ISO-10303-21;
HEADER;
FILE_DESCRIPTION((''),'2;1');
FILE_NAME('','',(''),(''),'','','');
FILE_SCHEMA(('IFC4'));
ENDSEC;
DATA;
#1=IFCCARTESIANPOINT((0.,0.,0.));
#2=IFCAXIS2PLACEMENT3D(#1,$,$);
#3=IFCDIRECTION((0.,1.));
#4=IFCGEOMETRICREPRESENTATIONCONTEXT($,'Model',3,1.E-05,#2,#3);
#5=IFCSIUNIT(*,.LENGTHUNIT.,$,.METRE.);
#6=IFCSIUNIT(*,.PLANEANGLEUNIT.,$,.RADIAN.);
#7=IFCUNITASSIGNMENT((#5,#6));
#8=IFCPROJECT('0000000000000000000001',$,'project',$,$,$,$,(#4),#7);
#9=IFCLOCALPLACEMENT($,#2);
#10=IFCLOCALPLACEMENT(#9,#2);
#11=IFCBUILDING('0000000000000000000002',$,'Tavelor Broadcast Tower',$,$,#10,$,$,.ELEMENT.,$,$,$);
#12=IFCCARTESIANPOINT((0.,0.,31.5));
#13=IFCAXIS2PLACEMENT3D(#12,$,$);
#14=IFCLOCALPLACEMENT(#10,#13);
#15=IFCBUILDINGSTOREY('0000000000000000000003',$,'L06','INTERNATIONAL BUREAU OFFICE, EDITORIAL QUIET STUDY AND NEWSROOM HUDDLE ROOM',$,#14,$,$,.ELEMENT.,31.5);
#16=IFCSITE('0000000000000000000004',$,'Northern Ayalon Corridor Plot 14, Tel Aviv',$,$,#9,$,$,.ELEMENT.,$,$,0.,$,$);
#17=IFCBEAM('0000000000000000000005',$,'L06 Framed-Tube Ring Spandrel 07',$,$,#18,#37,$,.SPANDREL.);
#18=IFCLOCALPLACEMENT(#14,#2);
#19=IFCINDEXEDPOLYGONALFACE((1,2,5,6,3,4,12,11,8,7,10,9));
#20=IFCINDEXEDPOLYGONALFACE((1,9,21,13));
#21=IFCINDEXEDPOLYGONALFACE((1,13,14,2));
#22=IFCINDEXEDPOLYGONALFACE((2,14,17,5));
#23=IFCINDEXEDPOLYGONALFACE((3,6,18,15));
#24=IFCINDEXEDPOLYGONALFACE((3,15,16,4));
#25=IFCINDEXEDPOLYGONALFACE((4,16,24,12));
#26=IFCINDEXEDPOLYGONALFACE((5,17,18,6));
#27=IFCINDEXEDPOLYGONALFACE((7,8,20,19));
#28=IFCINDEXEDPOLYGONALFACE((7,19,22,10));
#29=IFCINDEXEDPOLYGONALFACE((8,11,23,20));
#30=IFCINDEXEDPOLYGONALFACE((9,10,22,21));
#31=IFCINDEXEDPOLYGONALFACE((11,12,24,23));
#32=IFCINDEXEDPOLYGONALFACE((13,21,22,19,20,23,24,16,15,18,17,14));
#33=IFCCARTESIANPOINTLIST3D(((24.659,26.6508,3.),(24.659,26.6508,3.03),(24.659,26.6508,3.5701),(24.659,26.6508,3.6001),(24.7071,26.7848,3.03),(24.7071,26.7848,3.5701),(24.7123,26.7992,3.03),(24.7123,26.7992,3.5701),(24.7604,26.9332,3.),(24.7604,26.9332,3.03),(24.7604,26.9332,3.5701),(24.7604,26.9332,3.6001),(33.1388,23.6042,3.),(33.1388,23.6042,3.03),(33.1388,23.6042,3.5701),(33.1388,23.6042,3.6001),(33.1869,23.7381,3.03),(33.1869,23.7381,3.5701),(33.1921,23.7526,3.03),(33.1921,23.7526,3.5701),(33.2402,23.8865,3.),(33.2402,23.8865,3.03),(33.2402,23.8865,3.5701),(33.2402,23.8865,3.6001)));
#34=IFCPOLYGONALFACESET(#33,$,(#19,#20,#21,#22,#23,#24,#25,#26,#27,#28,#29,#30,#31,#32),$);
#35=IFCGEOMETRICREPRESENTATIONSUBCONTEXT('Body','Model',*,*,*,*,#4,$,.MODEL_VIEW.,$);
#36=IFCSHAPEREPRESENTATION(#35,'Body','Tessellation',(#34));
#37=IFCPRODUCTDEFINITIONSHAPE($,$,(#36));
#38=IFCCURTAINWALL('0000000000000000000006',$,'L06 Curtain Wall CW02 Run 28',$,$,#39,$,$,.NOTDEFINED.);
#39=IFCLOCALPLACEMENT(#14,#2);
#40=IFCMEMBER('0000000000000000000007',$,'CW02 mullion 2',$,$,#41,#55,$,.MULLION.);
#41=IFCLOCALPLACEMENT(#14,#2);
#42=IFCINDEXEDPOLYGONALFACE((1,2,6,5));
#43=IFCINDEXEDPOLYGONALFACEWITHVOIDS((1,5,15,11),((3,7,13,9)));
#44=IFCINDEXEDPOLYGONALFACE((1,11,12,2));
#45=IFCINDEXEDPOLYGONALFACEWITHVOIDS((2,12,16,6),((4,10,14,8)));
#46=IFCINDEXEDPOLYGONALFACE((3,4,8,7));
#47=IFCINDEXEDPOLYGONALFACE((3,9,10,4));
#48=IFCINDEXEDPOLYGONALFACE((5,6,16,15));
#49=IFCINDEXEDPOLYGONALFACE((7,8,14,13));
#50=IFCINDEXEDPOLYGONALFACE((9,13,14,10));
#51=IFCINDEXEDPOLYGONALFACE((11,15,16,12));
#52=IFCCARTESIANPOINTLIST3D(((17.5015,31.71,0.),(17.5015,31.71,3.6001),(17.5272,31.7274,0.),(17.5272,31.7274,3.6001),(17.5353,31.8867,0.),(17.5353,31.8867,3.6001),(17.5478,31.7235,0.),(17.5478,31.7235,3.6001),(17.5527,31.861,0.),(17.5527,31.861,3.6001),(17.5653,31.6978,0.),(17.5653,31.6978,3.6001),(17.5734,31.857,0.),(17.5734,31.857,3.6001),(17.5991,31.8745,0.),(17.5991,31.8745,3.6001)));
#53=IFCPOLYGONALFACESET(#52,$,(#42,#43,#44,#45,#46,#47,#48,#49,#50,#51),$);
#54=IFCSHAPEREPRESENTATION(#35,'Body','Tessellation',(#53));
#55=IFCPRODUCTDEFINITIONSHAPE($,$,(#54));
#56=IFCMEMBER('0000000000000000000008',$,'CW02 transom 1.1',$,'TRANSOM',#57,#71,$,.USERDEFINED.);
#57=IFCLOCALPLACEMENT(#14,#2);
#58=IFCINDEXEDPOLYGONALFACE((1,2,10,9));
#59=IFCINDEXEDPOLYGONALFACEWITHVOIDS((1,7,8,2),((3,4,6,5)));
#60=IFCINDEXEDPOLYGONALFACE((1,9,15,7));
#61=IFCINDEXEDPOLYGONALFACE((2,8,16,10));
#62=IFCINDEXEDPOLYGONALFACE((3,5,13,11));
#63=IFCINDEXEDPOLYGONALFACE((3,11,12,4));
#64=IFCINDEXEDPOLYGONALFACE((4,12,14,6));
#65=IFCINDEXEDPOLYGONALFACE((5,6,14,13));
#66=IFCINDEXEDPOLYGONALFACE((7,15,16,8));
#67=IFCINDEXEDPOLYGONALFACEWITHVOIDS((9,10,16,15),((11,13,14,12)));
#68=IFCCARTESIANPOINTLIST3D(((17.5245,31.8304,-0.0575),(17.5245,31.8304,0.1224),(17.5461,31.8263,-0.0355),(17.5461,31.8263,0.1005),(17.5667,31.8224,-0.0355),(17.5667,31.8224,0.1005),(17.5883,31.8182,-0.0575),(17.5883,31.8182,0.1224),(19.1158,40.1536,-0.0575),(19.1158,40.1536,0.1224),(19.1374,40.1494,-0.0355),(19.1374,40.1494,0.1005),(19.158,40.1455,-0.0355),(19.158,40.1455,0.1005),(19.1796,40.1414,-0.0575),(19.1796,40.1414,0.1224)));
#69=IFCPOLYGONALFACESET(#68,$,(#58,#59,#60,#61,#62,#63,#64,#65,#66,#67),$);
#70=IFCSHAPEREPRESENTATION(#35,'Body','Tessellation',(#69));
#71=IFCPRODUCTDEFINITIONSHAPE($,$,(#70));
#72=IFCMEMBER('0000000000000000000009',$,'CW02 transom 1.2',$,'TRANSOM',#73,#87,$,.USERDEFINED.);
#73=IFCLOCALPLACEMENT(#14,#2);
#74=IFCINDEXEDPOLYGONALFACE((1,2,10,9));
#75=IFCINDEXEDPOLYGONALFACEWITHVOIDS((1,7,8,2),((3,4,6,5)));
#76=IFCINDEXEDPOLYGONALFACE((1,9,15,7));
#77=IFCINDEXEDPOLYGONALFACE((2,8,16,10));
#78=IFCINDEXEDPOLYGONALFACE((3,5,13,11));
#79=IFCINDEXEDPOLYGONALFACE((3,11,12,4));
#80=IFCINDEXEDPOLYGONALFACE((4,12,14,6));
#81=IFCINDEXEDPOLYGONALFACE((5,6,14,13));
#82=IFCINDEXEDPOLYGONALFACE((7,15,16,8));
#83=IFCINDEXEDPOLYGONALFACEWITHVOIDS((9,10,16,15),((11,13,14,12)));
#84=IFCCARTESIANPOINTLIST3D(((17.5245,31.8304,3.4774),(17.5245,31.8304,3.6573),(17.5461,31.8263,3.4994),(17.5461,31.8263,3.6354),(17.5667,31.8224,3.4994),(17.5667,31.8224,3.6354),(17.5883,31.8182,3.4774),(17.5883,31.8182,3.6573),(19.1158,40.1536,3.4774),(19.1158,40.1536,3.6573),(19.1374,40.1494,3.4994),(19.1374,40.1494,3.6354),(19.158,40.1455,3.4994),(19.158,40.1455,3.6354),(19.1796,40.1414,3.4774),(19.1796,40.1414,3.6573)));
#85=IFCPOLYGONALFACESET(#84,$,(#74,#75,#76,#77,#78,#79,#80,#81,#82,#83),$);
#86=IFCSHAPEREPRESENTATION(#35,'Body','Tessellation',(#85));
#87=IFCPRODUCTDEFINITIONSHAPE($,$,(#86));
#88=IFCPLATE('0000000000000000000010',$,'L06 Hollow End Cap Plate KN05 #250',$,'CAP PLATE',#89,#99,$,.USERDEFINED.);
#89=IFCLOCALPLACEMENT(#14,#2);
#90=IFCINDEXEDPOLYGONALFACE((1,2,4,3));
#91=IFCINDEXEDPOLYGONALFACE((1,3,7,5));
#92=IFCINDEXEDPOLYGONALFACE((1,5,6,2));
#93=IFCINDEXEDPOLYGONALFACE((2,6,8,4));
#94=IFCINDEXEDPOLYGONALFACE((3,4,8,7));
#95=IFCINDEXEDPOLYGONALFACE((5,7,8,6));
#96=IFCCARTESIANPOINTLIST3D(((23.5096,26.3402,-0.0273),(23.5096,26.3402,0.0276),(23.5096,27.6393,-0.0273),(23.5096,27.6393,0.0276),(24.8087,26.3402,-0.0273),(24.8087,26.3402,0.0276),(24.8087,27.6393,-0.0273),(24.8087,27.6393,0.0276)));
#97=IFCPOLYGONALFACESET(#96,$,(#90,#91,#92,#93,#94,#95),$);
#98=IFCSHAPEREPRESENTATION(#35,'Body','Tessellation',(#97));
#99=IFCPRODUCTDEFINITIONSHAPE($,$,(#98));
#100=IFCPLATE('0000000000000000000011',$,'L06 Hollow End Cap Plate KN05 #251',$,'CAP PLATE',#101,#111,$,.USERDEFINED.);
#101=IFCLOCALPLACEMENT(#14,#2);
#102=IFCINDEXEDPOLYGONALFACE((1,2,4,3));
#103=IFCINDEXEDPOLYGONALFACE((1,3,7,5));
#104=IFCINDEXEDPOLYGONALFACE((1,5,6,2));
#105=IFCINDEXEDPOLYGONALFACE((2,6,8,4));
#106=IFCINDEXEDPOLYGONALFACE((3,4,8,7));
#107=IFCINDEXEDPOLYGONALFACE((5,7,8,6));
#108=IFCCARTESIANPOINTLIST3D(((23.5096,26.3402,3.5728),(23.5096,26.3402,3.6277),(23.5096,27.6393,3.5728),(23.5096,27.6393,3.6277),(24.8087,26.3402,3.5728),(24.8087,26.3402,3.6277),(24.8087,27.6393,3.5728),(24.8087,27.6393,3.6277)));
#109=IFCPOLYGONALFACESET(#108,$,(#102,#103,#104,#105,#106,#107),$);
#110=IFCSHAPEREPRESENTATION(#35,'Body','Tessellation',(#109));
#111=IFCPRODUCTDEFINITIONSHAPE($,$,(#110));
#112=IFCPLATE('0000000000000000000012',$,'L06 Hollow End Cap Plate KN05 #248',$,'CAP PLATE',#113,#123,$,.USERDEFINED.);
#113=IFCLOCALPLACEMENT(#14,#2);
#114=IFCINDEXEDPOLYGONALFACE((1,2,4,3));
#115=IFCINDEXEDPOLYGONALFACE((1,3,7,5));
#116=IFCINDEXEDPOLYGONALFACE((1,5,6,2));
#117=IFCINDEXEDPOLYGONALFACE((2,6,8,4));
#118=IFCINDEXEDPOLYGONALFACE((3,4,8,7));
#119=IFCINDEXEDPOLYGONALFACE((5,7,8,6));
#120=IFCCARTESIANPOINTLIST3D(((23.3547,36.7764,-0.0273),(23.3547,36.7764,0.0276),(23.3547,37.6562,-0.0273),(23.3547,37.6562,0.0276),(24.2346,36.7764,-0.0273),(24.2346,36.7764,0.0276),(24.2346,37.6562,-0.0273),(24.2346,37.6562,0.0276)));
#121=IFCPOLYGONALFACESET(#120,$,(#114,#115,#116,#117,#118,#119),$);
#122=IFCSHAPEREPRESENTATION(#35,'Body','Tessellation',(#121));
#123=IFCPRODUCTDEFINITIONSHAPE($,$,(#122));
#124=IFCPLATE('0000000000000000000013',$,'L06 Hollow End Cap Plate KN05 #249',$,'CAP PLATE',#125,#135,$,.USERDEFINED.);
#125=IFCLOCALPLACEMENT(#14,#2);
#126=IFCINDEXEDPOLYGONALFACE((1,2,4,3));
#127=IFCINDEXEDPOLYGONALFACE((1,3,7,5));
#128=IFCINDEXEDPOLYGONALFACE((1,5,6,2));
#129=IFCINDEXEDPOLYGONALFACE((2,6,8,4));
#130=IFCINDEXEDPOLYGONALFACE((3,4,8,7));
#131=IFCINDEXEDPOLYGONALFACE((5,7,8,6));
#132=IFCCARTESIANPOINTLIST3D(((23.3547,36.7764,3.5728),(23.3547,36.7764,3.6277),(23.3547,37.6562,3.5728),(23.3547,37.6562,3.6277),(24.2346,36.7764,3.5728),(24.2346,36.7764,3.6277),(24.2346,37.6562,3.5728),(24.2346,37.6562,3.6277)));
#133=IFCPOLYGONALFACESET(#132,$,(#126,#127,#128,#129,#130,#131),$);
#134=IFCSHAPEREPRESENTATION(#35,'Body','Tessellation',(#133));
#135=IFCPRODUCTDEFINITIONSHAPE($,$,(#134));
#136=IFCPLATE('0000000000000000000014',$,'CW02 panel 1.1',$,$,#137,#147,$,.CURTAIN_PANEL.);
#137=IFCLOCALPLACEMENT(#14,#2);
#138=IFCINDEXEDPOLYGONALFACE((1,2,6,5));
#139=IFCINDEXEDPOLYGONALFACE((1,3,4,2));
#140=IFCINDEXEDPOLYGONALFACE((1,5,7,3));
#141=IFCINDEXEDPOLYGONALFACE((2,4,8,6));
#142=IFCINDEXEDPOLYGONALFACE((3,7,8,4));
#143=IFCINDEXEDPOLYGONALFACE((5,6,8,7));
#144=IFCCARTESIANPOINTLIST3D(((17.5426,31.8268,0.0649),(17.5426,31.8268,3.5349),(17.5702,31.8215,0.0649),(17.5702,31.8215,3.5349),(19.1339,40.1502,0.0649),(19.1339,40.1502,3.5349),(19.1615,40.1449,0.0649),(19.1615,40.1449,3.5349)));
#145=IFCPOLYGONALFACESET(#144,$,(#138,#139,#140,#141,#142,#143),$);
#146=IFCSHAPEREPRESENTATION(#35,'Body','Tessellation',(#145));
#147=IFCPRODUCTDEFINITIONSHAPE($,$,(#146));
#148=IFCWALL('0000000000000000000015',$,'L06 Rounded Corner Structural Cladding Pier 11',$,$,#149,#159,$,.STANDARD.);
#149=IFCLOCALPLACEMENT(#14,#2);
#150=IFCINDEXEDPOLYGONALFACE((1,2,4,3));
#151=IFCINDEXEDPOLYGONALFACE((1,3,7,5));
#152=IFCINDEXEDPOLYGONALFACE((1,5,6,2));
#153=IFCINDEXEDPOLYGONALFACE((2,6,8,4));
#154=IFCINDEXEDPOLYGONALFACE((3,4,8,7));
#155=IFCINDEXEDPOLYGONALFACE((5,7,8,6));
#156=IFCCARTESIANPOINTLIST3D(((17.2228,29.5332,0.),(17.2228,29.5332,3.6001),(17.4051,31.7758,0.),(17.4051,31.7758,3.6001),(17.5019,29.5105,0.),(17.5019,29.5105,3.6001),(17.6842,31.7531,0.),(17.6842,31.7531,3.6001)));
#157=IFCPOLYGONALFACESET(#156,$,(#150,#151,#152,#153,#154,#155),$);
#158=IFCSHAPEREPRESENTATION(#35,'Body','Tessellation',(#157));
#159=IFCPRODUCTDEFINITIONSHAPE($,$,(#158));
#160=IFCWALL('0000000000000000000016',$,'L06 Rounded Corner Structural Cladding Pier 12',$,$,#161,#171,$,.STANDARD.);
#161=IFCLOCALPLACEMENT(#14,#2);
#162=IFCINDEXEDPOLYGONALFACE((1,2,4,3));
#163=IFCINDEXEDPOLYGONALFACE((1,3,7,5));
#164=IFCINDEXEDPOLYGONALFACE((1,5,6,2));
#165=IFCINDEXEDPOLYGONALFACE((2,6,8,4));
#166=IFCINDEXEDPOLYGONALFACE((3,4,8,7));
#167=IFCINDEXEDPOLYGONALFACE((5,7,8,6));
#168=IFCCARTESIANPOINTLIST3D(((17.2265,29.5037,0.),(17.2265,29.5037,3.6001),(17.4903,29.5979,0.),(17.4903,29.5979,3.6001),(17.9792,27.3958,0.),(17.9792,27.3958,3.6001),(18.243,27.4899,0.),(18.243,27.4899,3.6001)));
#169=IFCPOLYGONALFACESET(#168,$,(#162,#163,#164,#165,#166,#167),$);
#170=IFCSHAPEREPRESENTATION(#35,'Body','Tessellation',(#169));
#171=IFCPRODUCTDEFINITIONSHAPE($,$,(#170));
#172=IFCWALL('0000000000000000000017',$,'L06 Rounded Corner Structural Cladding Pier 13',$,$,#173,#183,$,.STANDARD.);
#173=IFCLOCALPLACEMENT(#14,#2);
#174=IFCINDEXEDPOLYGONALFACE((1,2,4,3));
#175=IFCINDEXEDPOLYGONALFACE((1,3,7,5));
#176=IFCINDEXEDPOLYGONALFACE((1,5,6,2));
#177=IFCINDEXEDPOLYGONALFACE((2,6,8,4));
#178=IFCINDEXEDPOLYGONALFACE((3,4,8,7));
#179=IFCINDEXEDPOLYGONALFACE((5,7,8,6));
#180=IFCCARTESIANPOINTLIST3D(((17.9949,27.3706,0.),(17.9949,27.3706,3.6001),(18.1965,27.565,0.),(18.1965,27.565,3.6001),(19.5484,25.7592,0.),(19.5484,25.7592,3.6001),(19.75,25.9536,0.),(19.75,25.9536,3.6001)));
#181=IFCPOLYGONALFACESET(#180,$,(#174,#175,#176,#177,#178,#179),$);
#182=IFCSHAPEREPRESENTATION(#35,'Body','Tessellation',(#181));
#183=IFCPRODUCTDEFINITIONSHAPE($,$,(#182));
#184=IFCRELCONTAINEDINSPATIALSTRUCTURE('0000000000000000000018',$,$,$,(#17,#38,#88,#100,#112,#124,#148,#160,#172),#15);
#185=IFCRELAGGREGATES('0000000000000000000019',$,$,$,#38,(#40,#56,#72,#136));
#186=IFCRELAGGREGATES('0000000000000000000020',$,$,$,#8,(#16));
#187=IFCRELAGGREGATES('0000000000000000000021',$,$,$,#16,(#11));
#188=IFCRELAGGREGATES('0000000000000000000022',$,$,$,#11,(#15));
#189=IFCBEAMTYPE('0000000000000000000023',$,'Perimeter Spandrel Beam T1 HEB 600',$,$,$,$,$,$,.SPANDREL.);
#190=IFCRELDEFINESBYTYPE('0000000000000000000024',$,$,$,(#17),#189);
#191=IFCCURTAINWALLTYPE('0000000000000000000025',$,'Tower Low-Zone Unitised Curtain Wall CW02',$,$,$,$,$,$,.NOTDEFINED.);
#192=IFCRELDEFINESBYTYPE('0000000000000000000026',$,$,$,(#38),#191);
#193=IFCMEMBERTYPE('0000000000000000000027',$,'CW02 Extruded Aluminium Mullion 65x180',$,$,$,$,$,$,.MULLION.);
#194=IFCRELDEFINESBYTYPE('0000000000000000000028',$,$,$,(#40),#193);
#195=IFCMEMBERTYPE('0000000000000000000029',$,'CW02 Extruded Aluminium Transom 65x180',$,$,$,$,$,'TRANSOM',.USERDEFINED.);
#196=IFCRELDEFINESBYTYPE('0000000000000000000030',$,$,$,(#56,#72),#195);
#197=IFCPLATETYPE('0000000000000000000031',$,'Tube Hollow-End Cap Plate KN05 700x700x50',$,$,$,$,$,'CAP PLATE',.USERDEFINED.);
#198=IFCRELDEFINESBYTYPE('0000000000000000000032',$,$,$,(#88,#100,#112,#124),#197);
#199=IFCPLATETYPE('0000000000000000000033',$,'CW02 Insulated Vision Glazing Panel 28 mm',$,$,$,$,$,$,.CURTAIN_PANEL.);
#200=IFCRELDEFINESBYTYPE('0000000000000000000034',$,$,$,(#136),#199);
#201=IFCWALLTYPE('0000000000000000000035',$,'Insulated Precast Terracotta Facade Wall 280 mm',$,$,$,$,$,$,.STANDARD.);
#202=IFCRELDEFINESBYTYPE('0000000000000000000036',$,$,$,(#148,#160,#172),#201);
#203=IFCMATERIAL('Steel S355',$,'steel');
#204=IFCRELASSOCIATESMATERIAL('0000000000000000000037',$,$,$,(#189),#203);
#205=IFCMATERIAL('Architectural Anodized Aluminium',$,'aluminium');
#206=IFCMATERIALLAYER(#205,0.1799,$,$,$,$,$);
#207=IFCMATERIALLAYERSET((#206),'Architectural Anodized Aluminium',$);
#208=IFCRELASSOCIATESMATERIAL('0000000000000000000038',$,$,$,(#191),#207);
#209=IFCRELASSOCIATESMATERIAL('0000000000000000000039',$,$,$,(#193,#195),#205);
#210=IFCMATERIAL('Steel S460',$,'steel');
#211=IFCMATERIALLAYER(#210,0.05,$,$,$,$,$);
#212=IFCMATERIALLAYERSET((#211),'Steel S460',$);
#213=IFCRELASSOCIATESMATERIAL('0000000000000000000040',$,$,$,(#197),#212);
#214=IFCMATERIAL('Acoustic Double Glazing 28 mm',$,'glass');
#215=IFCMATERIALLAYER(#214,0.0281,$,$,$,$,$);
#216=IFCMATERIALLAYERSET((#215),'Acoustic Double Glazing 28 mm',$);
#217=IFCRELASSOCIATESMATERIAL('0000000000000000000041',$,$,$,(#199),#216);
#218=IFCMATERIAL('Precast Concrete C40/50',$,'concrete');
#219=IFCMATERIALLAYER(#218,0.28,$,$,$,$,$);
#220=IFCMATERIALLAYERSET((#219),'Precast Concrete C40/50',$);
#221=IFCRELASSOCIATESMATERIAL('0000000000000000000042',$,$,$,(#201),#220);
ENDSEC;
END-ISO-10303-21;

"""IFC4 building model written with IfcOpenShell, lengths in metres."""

from ifc_helpers import new_model, si_unit, direction, frame, frame_2d, origin, origin_2d, place, context, subcontext, project, spatial, rectangle, hollow_rectangle, i_section, extrude, source, transform, mapped, material, layer, layer_set, material_profile, profile_set, type_object, type_shapes, element, aggregate, save


model = new_model("IFC4")

# Units and contexts
model_context = context("Model", 3, precision=1e-05, world=origin(), true_north=direction((0.0, 1.0)))
body_context = subcontext(model_context, "Body", "Model", "MODEL_VIEW")
ifc_project = project(units=[si_unit("LENGTHUNIT", "METRE"), si_unit("PLANEANGLEUNIT", "RADIAN")], contexts=[model_context])

# Site, building, storey
site_placement = place(None, origin())
site = spatial("IfcSite", under=ifc_project, at=site_placement, Name="Northern Ayalon Corridor Plot 14, Tel Aviv", CompositionType="ELEMENT", RefElevation=0.0)
building_placement = place(site_placement, origin())
building = spatial("IfcBuilding", under=site, at=building_placement, Name="Tavelor Broadcast Tower", CompositionType="ELEMENT")
storey_placement = place(building_placement, frame((0.0, 0.0, 31.5)))
storey = spatial("IfcBuildingStorey", under=building, at=storey_placement, Name="L06", Description="INTERNATIONAL BUREAU OFFICE, EDITORIAL QUIET STUDY AND NEWSROOM HUDDLE ROOM", CompositionType="ELEMENT", Elevation=31.5)

# Shared definitions
ifc_material_1 = material(Name="Steel S460", Category="steel")

# Beam
ifc_material_2 = material(Name="Steel S355", Category="steel")
ifc_material_profile_1 = material_profile(ifc_material_2, i_section(OverallWidth=0.3, OverallDepth=0.6001, WebThickness=0.0154, FlangeThickness=0.03, at=origin_2d()), Name="HEB 600")
ifc_profile_set_1 = profile_set([ifc_material_profile_1], Name="Steel S355")
beam_type_1 = type_object("IfcBeamType", Name="Perimeter Spandrel Beam T1 HEB 600", PredefinedType="SPANDREL", material=ifc_profile_set_1)
beam_1_placement = place(storey_placement, frame((24.7097, 26.792, 3.3), z_axis=(0.941102, -0.338123, 0.0), x_axis=(0.338123, 0.941102, 0.0)))
element("IfcBeam", 1, at=beam_1_placement, inside=storey, type_object=beam_type_1, Name="L06 Framed-Tube Ring Spandrel 07", PredefinedType="SPANDREL", context=body_context, shape_type="SweptSolid", body=[
    extrude(i_section(OverallWidth=0.3, OverallDepth=0.6001, WebThickness=0.0154, FlangeThickness=0.03, at=origin_2d()), origin(), (0.0, 0.0, 1.0), 9.0105),
])

# Curtain wall, members
ifc_material_3 = material(Name="Architectural Anodized Aluminium", Category="aluminium")
ifc_layer_1 = layer(ifc_material_3, 0.1799)
ifc_layer_set_1 = layer_set([ifc_layer_1], Name="Architectural Anodized Aluminium")
curtain_wall_type = type_object("IfcCurtainWallType", Name="Tower Low-Zone Unitised Curtain Wall CW02", PredefinedType="NOTDEFINED", material=ifc_layer_set_1)
curtain_wall_placement = place(storey_placement, origin())
curtain_wall = element("IfcCurtainWall", 2, at=curtain_wall_placement, inside=storey, type_object=curtain_wall_type, Name="L06 Curtain Wall CW02 Run 28", PredefinedType="NOTDEFINED")
ifc_material_profile_2 = material_profile(ifc_material_3, hollow_rectangle(XDim=0.0649, YDim=0.1799, WallThickness=0.022, at=origin_2d()), Name="RHS 65x180x22")
ifc_profile_set_2 = profile_set([ifc_material_profile_2], Name="Architectural Anodized Aluminium")
member_type_1 = type_object("IfcMemberType", Name="CW02 Extruded Aluminium Mullion 65x180", PredefinedType="MULLION", material=ifc_profile_set_2)
shared_shape_1 = source(origin(), body_context, "Body", "SweptSolid", [
    extrude(hollow_rectangle(XDim=0.0649, YDim=0.1799, WallThickness=0.022, at=origin_2d()), origin(), (0.0, 0.0, 1.0), 3.6001),
])
type_shapes(member_type_1, [shared_shape_1])
member_1_placement = place(storey_placement, frame((17.5503, 31.7922, 0.0), z_axis=(0.0, 0.0, 1.0), x_axis=(0.982211, -0.187781, 0.0)))
member_1 = element("IfcMember", 3, at=member_1_placement, type_object=member_type_1, Name="CW02 mullion 2", PredefinedType="MULLION", context=body_context, shape_type="MappedRepresentation", body=[
    mapped(shared_shape_1, transform((0.0, 0.0, 0.0), scale=1.0)),
])
ifc_material_profile_3 = material_profile(ifc_material_3, hollow_rectangle(XDim=0.0649, YDim=0.1799, WallThickness=0.022, at=origin_2d()), Name="RHS 65x180x22")
ifc_profile_set_3 = profile_set([ifc_material_profile_3], Name="Architectural Anodized Aluminium")
member_type_2 = type_object("IfcMemberType", Name="CW02 Extruded Aluminium Transom 65x180", ElementType="TRANSOM", PredefinedType="USERDEFINED", material=ifc_profile_set_3)
shared_shape_2 = source(origin(), body_context, "Body", "SweptSolid", [
    extrude(hollow_rectangle(XDim=0.0649, YDim=0.1799, WallThickness=0.022, at=origin_2d()), origin(), (0.0, 0.0, 1.0), 8.4739),
])
type_shapes(member_type_2, [shared_shape_2])
member_2_placement = place(storey_placement, frame((19.1477, 40.1475, 0.0325), z_axis=(-0.187787, -0.98221, 0.0), x_axis=(0.98221, -0.187787, 0.0)))
member_2 = element("IfcMember", 4, at=member_2_placement, type_object=member_type_2, Name="CW02 transom 1.1", ObjectType="TRANSOM", PredefinedType="USERDEFINED", context=body_context, shape_type="MappedRepresentation", body=[
    mapped(shared_shape_2, transform((0.0, 0.0, 0.0), scale=1.0)),
])
member_3_placement = place(storey_placement, frame((19.1477, 40.1475, 3.5674), z_axis=(-0.187787, -0.98221, 0.0), x_axis=(0.98221, -0.187787, 0.0)))
member_3 = element("IfcMember", 5, at=member_3_placement, type_object=member_type_2, Name="CW02 transom 1.2", ObjectType="TRANSOM", PredefinedType="USERDEFINED", context=body_context, shape_type="MappedRepresentation", body=[
    mapped(shared_shape_2, transform((0.0, 0.0, 0.0), scale=1.0)),
])

# Plates
ifc_layer_2 = layer(ifc_material_1, 0.05)
ifc_layer_set_2 = layer_set([ifc_layer_2], Name="Steel S460")
plate_type_1 = type_object("IfcPlateType", Name="Tube Hollow-End Cap Plate KN05 700x700x50", ElementType="CAP PLATE", PredefinedType="USERDEFINED", material=ifc_layer_set_2)
shared_shape_3 = source(origin(), body_context, "Body", "SweptSolid", [
    extrude(rectangle(XDim=1.2991, YDim=1.2991, at=origin_2d()), origin(), (0.0, 0.0, 1.0), 0.0549),
])
for number, where, z_axis, x_axis, name in (
    (6, (24.1592, 26.9897, -0.0273), (0.0, 0.0, 1.0), (1.0, 0.0, 0.0), "L06 Hollow End Cap Plate KN05 #250"),
    (7, (24.1592, 26.9897, 3.5728), (0.0, 0.0, 1.0), (1.0, 0.0, 0.0), "L06 Hollow End Cap Plate KN05 #251"),
):
    element("IfcPlate", number, at=place(storey_placement, frame(where, z_axis=z_axis, x_axis=x_axis)), inside=storey, type_object=plate_type_1, Name=name, ObjectType="CAP PLATE", PredefinedType="USERDEFINED", context=body_context, shape_type="MappedRepresentation", body=[
        mapped(shared_shape_3, transform((0.0, 0.0, 0.0), scale=1.0)),
    ])
shared_shape_4 = source(origin(), body_context, "Body", "SweptSolid", [
    extrude(rectangle(XDim=0.8799, YDim=0.8799, at=origin_2d()), origin(), (0.0, 0.0, 1.0), 0.0549),
])
type_shapes(plate_type_1, [shared_shape_3, shared_shape_4])
for number, where, z_axis, x_axis, name in (
    (8, (23.7947, 37.2163, -0.0273), (0.0, 0.0, 1.0), (1.0, 0.0, 0.0), "L06 Hollow End Cap Plate KN05 #248"),
    (9, (23.7947, 37.2163, 3.5728), (0.0, 0.0, 1.0), (1.0, 0.0, 0.0), "L06 Hollow End Cap Plate KN05 #249"),
):
    element("IfcPlate", number, at=place(storey_placement, frame(where, z_axis=z_axis, x_axis=x_axis)), inside=storey, type_object=plate_type_1, Name=name, ObjectType="CAP PLATE", PredefinedType="USERDEFINED", context=body_context, shape_type="MappedRepresentation", body=[
        mapped(shared_shape_4, transform((0.0, 0.0, 0.0), scale=1.0)),
    ])

# Plate
ifc_material_4 = material(Name="Acoustic Double Glazing 28 mm", Category="glass")
ifc_layer_3 = layer(ifc_material_4, 0.0281)
ifc_layer_set_3 = layer_set([ifc_layer_3], Name="Acoustic Double Glazing 28 mm")
plate_type_2 = type_object("IfcPlateType", Name="CW02 Insulated Vision Glazing Panel 28 mm", PredefinedType="CURTAIN_PANEL", material=ifc_layer_set_3)
shared_shape_5 = source(origin(), body_context, "Body", "SweptSolid", [
    extrude(rectangle(XDim=8.4741, YDim=0.0281, at=origin_2d()), origin(), (0.0, 0.0, 1.0), 3.47),
])
type_shapes(plate_type_2, [shared_shape_5])
plate_placement = place(storey_placement, frame((18.3521, 35.9858, 0.0649), z_axis=(0.0, 0.0, 1.0), x_axis=(-0.187781, -0.982211, 0.0)))
plate = element("IfcPlate", 10, at=plate_placement, type_object=plate_type_2, Name="CW02 panel 1.1", PredefinedType="CURTAIN_PANEL", context=body_context, shape_type="MappedRepresentation", body=[
    mapped(shared_shape_5, transform((0.0, 0.0, 0.0), scale=1.0)),
])
aggregate(curtain_wall, [member_1, member_2, member_3, plate])

# Walls
ifc_material_5 = material(Name="Precast Concrete C40/50", Category="concrete")
ifc_layer_4 = layer(ifc_material_5, 0.28)
ifc_layer_set_4 = layer_set([ifc_layer_4], Name="Precast Concrete C40/50")
wall_type_1 = type_object("IfcWallType", Name="Insulated Precast Terracotta Facade Wall 280 mm", PredefinedType="STANDARD", material=ifc_layer_set_4)
wall_1_placement = place(storey_placement, frame((17.5447, 31.7644, 0.0), z_axis=(0.0, 0.0, 1.0), x_axis=(-0.081052, -0.99671, 0.0)))
element("IfcWall", 11, at=wall_1_placement, inside=storey, type_object=wall_type_1, Name="L06 Rounded Corner Structural Cladding Pier 11", PredefinedType="STANDARD", context=body_context, shape_type="SweptSolid", body=[
    extrude(rectangle(XDim=2.25, YDim=0.28, at=frame_2d((1.125, 0.0))), origin(), (0.0, 0.0, 1.0), 3.6001),
])
for number, where, z_axis, x_axis, name in (
    (12, (17.3584, 29.5508, 0.0), (0.0, 0.0, 1.0), (0.336281, -0.941762, 0.0), "L06 Rounded Corner Structural Cladding Pier 12"),
    (13, (18.0957, 27.4678, 0.0), (0.0, 0.0, 1.0), (0.694063, -0.719914, 0.0), "L06 Rounded Corner Structural Cladding Pier 13"),
):
    element("IfcWall", number, at=place(storey_placement, frame(where, z_axis=z_axis, x_axis=x_axis)), inside=storey, type_object=wall_type_1, Name=name, PredefinedType="STANDARD", context=body_context, shape_type="SweptSolid", body=[
        extrude(rectangle(XDim=2.2383, YDim=0.28, at=frame_2d((1.1191, 0.0))), origin(), (0.0, 0.0, 1.0), 3.6001),
    ])

save(model, "model.ifc")
